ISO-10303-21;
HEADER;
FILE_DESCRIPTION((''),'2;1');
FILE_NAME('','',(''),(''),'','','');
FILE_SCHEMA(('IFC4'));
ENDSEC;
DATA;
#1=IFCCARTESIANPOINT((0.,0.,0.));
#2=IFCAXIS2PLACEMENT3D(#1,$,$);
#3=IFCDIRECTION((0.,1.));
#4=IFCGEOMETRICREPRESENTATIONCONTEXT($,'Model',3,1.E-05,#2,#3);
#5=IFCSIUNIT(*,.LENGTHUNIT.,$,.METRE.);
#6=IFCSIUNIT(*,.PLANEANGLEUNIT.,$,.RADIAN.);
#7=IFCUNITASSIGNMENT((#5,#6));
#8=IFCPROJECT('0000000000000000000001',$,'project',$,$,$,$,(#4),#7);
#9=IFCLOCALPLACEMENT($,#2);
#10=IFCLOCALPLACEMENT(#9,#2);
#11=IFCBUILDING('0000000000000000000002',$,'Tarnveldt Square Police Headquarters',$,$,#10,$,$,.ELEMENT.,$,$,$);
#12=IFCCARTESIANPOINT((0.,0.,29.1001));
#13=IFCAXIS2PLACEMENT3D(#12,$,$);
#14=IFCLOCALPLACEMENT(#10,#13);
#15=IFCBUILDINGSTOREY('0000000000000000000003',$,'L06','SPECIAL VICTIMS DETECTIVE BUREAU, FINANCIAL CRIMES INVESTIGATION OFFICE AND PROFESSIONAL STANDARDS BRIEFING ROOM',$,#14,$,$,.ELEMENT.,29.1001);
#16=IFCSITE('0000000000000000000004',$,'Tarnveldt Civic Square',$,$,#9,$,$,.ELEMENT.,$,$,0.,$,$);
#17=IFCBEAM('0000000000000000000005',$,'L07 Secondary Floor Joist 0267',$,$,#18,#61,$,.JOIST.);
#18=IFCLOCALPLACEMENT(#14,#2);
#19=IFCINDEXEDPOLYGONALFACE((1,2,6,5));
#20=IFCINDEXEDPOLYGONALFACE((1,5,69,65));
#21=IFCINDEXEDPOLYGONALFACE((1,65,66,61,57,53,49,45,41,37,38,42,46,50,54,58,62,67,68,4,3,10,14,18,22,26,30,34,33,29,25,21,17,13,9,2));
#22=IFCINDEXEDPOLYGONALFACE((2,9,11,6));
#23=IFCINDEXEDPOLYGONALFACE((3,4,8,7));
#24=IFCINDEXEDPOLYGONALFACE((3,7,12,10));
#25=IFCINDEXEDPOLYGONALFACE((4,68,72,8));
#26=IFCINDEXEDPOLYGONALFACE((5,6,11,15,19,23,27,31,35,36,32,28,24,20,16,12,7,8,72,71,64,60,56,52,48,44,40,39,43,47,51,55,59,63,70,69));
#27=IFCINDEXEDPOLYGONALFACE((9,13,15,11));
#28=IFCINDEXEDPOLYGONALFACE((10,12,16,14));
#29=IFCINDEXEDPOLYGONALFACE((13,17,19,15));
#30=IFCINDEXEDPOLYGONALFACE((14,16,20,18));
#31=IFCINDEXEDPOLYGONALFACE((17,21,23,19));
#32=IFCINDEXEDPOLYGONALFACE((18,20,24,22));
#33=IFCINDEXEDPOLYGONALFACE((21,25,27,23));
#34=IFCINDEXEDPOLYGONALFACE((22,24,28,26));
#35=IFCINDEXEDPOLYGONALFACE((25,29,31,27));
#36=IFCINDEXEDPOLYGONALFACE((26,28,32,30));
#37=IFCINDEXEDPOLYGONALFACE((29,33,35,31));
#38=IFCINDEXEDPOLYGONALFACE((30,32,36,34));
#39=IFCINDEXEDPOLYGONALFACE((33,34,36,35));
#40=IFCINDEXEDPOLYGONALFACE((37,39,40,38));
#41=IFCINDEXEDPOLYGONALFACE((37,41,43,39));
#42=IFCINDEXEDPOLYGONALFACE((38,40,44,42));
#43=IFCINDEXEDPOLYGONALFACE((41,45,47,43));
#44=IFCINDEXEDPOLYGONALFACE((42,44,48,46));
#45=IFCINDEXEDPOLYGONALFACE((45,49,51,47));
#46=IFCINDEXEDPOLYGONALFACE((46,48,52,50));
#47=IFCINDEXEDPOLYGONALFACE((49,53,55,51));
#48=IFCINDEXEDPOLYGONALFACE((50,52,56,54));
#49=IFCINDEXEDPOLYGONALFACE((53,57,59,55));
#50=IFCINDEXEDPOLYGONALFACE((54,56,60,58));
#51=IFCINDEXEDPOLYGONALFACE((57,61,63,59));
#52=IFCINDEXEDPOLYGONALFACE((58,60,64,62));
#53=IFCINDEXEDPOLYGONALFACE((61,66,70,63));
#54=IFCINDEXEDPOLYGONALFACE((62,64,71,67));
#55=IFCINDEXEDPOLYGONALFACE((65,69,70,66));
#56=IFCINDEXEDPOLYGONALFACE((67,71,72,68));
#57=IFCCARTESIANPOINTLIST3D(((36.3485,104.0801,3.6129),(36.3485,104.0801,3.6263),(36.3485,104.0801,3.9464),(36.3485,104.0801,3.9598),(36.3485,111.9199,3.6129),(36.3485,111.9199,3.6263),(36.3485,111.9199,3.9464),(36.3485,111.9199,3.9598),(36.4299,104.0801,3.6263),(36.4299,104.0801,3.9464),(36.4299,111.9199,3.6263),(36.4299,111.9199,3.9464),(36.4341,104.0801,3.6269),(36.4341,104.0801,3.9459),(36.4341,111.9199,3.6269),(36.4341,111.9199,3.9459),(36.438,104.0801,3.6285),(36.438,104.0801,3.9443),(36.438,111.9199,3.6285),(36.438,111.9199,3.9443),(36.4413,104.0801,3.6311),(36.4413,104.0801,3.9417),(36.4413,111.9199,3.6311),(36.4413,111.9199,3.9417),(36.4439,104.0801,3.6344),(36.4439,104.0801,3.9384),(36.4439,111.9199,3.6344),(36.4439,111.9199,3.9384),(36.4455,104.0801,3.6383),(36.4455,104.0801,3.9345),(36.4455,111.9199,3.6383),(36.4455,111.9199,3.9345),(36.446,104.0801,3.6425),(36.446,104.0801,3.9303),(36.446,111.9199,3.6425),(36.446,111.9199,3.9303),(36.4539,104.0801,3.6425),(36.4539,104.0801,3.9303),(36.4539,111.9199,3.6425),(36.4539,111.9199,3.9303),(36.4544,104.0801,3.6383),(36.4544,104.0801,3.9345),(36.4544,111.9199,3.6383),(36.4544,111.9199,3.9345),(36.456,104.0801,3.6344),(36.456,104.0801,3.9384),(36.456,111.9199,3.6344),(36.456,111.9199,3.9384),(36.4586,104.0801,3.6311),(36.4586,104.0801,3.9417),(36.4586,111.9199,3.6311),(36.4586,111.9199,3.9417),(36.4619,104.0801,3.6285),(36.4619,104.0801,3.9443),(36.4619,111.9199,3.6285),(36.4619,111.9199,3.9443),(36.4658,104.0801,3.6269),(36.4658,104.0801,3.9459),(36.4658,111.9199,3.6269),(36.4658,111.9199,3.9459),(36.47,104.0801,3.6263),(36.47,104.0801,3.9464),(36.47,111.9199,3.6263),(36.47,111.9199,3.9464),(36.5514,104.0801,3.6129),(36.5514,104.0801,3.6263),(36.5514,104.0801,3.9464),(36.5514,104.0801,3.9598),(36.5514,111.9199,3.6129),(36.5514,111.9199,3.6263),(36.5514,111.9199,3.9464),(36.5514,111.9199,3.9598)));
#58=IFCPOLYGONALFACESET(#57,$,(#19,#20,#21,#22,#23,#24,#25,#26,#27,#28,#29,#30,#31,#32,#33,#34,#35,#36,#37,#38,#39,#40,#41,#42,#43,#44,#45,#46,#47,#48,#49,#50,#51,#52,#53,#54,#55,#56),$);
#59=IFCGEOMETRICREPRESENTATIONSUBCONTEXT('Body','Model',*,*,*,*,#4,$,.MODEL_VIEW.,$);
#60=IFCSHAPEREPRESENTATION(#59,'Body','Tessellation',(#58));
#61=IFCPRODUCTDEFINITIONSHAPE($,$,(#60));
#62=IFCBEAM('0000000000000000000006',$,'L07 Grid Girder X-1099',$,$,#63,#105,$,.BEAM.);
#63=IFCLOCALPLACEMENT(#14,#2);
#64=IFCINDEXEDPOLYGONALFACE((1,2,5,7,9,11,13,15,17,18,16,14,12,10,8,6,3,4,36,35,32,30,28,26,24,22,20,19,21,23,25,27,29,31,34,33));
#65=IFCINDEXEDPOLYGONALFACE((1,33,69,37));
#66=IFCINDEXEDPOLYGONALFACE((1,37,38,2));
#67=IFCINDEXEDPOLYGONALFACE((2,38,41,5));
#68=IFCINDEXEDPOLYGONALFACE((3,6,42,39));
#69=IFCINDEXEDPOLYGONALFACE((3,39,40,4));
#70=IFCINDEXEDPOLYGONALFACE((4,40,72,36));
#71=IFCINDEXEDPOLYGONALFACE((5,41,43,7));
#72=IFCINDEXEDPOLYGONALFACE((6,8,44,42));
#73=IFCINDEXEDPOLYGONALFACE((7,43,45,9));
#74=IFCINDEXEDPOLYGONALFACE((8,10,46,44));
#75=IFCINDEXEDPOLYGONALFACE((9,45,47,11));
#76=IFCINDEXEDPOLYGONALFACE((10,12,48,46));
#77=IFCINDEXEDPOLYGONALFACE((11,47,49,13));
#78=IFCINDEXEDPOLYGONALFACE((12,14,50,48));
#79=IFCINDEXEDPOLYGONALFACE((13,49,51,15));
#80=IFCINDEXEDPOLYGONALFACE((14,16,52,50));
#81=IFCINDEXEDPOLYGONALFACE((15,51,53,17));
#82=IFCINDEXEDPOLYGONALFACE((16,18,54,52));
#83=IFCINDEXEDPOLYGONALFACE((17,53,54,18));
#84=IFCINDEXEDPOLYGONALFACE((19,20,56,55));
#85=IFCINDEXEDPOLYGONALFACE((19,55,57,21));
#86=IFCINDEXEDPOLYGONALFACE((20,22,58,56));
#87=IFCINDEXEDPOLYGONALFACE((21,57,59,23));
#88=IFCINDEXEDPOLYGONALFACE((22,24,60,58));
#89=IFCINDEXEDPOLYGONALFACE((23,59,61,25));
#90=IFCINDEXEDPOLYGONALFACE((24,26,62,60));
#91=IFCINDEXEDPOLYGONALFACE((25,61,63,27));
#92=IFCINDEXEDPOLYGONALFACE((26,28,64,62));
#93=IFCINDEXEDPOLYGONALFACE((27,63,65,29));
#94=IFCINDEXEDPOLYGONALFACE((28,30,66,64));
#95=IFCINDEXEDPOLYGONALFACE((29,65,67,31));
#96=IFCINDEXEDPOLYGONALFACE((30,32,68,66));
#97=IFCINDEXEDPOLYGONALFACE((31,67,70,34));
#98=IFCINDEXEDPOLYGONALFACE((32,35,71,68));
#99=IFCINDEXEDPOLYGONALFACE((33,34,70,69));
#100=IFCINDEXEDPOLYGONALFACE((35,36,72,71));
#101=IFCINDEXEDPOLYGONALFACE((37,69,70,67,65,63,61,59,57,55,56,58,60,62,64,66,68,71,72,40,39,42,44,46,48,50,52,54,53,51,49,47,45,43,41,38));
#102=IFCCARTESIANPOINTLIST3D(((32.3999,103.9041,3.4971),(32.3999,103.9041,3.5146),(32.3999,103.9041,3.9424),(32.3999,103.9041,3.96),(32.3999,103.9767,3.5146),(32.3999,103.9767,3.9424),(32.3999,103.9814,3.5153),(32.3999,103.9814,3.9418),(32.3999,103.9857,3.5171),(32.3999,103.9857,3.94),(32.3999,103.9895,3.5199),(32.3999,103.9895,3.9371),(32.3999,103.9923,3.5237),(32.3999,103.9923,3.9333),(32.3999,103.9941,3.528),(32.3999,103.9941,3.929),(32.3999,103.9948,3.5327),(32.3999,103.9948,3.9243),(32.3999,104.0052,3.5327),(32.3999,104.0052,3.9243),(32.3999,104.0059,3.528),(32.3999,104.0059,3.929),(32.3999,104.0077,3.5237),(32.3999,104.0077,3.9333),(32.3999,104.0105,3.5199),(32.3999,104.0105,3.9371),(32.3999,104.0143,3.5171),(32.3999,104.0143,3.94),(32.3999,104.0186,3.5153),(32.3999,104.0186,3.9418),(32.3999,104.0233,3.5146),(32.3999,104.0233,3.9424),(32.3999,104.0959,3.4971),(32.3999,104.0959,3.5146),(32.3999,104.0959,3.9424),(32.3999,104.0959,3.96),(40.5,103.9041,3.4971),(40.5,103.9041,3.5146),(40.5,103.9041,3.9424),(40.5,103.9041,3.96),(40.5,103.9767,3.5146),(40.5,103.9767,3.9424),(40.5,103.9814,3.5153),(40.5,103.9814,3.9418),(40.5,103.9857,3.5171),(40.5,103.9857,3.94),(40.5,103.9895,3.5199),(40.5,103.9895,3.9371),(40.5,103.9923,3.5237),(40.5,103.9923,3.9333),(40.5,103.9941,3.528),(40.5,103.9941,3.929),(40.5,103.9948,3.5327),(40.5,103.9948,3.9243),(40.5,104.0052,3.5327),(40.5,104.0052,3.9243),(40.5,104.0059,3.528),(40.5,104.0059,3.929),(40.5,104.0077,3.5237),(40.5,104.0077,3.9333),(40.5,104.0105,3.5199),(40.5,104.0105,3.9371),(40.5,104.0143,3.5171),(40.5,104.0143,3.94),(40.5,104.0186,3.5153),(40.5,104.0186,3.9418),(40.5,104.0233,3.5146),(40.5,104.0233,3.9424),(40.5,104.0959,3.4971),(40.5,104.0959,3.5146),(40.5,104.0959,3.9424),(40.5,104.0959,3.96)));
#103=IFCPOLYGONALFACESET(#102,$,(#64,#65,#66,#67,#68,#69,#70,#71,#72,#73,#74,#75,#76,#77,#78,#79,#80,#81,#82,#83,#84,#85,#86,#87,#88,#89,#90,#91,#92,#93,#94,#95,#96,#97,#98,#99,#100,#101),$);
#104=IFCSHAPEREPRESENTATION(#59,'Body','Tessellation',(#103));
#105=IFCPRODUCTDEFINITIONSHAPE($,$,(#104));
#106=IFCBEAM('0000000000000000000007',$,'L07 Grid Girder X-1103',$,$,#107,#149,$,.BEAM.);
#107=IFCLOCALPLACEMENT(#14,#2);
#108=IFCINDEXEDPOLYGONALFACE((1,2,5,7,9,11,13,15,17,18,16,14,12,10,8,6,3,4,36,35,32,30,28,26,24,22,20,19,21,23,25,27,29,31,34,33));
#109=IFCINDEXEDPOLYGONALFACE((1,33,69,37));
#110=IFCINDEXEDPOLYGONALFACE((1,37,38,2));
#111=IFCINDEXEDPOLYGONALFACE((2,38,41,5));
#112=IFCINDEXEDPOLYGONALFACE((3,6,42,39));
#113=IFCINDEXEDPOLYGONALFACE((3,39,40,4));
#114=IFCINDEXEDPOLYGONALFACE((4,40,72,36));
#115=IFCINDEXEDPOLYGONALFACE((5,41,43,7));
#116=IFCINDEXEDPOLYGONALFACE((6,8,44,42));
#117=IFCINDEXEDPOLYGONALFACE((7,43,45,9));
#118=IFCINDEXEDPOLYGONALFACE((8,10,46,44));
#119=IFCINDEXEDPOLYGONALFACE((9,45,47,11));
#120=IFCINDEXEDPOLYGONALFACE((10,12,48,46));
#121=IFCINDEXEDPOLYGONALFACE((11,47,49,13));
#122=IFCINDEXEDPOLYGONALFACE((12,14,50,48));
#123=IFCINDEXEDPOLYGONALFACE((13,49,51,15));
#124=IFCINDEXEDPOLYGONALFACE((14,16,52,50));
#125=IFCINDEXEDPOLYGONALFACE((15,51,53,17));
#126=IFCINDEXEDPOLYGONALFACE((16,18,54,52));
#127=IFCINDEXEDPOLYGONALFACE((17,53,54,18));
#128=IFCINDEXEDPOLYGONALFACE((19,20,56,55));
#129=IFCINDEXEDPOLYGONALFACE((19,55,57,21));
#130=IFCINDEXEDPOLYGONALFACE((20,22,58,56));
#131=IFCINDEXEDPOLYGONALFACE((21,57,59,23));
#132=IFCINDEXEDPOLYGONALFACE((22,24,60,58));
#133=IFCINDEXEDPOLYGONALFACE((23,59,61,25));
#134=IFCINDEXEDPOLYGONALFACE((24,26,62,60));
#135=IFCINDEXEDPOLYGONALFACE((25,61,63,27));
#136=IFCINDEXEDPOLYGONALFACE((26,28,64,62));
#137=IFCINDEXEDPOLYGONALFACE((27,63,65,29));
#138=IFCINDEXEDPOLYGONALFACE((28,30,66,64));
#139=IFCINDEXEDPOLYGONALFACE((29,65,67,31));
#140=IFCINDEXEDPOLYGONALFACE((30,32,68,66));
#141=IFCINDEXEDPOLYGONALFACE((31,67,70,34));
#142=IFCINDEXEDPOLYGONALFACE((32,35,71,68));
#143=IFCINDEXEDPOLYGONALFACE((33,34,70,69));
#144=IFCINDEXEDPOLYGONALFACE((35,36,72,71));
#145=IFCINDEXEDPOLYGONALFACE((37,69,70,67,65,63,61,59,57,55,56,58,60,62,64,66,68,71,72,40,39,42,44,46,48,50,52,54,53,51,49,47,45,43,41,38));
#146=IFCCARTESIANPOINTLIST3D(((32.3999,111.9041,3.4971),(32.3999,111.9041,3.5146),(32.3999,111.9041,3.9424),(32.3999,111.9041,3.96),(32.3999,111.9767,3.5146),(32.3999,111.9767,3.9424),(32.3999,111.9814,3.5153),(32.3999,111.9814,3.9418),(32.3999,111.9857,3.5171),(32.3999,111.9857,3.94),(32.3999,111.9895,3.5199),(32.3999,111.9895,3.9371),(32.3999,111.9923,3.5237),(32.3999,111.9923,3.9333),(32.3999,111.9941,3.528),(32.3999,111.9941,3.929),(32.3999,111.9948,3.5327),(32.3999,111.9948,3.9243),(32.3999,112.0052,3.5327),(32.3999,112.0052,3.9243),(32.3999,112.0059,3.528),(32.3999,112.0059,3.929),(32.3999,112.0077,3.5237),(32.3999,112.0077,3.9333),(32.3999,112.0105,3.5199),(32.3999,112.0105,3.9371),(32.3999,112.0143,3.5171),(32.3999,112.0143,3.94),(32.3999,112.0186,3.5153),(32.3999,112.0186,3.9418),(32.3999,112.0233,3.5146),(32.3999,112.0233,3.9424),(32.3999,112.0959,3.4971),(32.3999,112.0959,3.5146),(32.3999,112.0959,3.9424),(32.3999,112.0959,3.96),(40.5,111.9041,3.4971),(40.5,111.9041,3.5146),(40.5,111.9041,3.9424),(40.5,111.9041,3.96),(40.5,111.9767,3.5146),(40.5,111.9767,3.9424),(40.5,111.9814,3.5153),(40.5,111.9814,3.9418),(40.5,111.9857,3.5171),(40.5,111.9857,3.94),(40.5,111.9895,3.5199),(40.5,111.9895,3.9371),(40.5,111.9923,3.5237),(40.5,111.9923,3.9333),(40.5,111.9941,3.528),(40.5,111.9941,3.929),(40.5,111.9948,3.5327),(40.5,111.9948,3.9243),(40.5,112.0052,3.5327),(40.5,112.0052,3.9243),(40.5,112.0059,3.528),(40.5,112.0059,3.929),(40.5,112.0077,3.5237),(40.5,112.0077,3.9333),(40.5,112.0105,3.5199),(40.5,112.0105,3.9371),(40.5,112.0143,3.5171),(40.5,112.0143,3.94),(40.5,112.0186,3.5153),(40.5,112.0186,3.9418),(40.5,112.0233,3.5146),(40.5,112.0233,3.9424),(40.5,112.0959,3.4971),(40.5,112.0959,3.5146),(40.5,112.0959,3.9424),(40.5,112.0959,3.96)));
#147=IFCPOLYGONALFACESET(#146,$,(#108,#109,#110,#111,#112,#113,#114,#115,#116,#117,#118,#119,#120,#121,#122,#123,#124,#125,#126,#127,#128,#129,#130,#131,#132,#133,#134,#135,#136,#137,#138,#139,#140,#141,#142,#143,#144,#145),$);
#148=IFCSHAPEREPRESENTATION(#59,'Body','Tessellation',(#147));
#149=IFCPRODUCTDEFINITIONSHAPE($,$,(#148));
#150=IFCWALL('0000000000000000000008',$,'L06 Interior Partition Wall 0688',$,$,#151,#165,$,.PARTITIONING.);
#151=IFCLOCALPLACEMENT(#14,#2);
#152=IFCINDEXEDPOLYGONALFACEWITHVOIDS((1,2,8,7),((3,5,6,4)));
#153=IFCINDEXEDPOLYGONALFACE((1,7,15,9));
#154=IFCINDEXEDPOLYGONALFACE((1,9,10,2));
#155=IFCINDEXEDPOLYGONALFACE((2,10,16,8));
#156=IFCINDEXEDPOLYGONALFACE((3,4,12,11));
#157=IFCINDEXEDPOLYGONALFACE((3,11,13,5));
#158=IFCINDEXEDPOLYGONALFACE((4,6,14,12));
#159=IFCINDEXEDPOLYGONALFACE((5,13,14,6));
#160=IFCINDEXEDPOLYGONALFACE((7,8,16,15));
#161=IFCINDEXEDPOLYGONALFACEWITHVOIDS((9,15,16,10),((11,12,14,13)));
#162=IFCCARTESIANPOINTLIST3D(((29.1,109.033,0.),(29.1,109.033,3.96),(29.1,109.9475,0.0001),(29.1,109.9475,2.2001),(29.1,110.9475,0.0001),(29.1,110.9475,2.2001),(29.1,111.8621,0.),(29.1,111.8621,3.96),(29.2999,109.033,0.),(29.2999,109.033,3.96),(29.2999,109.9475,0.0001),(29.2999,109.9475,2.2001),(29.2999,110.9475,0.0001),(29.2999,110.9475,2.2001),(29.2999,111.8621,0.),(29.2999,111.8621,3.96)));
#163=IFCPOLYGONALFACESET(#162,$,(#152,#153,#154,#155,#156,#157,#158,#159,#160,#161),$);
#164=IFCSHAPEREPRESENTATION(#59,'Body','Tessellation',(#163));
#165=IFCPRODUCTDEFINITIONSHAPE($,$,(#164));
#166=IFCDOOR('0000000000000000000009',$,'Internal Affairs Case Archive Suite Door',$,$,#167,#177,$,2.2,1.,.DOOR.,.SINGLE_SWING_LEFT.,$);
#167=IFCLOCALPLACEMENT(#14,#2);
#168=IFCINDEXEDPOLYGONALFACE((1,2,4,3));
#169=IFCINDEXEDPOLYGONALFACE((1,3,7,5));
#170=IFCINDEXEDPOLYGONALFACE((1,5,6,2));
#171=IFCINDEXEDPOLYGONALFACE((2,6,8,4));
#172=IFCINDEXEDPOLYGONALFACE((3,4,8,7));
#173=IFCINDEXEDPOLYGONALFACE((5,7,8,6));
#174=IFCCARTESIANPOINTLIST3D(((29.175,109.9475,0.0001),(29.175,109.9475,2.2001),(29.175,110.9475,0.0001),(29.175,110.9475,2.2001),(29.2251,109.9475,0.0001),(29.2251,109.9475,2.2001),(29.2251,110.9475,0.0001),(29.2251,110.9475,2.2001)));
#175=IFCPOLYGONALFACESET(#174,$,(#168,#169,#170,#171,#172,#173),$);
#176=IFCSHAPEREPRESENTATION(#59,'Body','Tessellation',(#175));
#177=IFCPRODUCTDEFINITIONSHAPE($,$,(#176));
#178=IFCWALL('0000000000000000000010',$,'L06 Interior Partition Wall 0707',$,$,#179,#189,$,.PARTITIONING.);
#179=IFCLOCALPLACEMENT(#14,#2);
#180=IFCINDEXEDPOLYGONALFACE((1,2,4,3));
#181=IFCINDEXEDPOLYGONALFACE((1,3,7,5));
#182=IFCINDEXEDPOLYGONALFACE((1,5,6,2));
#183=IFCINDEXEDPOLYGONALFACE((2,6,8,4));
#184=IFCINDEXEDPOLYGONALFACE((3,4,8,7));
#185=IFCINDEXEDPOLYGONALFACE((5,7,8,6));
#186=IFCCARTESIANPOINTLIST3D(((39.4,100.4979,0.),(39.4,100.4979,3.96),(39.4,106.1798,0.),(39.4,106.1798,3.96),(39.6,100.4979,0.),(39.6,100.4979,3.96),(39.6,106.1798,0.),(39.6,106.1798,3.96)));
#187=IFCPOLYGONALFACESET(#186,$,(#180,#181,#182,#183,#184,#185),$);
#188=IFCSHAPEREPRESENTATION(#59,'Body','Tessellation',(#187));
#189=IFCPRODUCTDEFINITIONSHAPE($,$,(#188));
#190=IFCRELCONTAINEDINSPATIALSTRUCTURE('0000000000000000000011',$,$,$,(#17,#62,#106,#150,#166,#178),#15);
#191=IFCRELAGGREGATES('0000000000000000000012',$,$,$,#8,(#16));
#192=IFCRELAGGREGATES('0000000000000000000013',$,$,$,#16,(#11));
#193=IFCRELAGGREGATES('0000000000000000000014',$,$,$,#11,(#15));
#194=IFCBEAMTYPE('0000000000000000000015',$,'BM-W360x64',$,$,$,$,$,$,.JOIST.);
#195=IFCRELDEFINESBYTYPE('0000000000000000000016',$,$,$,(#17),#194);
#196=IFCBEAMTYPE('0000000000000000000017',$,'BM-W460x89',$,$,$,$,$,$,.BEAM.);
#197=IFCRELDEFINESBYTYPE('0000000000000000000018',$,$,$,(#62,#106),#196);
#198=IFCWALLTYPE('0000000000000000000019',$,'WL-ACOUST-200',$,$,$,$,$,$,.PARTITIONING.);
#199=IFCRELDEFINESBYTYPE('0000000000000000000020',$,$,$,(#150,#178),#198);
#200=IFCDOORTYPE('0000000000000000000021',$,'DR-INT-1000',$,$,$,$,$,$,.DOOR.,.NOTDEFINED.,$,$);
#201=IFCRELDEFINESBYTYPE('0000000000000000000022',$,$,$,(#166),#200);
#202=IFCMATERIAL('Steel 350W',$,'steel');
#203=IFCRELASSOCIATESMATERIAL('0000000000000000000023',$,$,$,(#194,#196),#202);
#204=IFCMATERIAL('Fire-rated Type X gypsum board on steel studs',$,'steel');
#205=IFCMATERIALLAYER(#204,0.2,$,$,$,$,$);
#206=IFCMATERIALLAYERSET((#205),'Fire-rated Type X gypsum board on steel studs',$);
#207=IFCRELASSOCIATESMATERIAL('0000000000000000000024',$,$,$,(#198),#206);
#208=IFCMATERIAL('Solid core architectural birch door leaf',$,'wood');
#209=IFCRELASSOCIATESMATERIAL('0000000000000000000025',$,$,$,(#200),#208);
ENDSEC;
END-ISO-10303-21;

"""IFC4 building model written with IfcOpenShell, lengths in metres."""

from ifc_helpers import new_model, si_unit, direction, frame, frame_2d, origin, origin_2d, place, context, subcontext, project, spatial, rectangle, i_section, extrude, material, layer, layer_set, material_profile, profile_set, type_object, element, fill, save


model = new_model("IFC4")

# Units and contexts
model_context = context("Model", 3, precision=1e-05, world=origin(), true_north=direction((0.0, 1.0)))
body_context = subcontext(model_context, "Body", "Model", "MODEL_VIEW")
ifc_project = project(units=[si_unit("LENGTHUNIT", "METRE"), si_unit("PLANEANGLEUNIT", "RADIAN")], contexts=[model_context])

# Site, building, storey
site_placement = place(None, origin())
site = spatial("IfcSite", under=ifc_project, at=site_placement, Name="Tarnveldt Civic Square", CompositionType="ELEMENT", RefElevation=0.0)
building_placement = place(site_placement, origin())
building = spatial("IfcBuilding", under=site, at=building_placement, Name="Tarnveldt Square Police Headquarters", CompositionType="ELEMENT")
storey_placement = place(building_placement, frame((0.0, 0.0, 29.1001)))
storey = spatial("IfcBuildingStorey", under=building, at=storey_placement, Name="L06", Description="SPECIAL VICTIMS DETECTIVE BUREAU, FINANCIAL CRIMES INVESTIGATION OFFICE AND PROFESSIONAL STANDARDS BRIEFING ROOM", CompositionType="ELEMENT", Elevation=29.1001)

# Shared definitions
ifc_material_1 = material(Name="Steel 350W", Category="steel")

# Beams
ifc_material_profile_1 = material_profile(ifc_material_1, i_section(OverallWidth=0.2029, OverallDepth=0.3469, WebThickness=0.0078, FlangeThickness=0.0134, FilletRadius=0.0161, at=origin_2d()), Name="W360x64")
ifc_profile_set_1 = profile_set([ifc_material_profile_1], Name="Steel 350W")
beam_type_1 = type_object("IfcBeamType", Name="BM-W360x64", PredefinedType="JOIST", material=ifc_profile_set_1)
beam_1_placement = place(storey_placement, frame((36.45, 104.0801, 3.7864), z_axis=(0.0, 1.0, 0.0), x_axis=(-1.0, 0.0, 0.0)))
element("IfcBeam", 1, at=beam_1_placement, inside=storey, type_object=beam_type_1, Name="L07 Secondary Floor Joist 0267", PredefinedType="JOIST", context=body_context, shape_type="SweptSolid", body=[
    extrude(i_section(OverallWidth=0.2029, OverallDepth=0.3469, WebThickness=0.0078, FlangeThickness=0.0134, FilletRadius=0.0161, at=origin_2d()), origin(), (0.0, 0.0, 1.0), 7.8398),
])
ifc_material_profile_2 = material_profile(ifc_material_1, i_section(OverallWidth=0.1919, OverallDepth=0.4629, WebThickness=0.0105, FlangeThickness=0.0176, FilletRadius=0.0181, at=origin_2d()), Name="W460x89")
ifc_profile_set_2 = profile_set([ifc_material_profile_2], Name="Steel 350W")
beam_type_2 = type_object("IfcBeamType", Name="BM-W460x89", PredefinedType="BEAM", material=ifc_profile_set_2)
for number, where, z_axis, x_axis, name in (
    (2, (32.3999, 104.0, 3.7285), (1.0, 0.0, 0.0), (0.0, 1.0, 0.0), "L07 Grid Girder X-1099"),
    (3, (32.3999, 112.0, 3.7285), (1.0, 0.0, 0.0), (0.0, 1.0, 0.0), "L07 Grid Girder X-1103"),
):
    element("IfcBeam", number, at=place(storey_placement, frame(where, z_axis=z_axis, x_axis=x_axis)), inside=storey, type_object=beam_type_2, Name=name, PredefinedType="BEAM", context=body_context, shape_type="SweptSolid", body=[
        extrude(i_section(OverallWidth=0.1919, OverallDepth=0.4629, WebThickness=0.0105, FlangeThickness=0.0176, FilletRadius=0.0181, at=origin_2d()), origin(), (0.0, 0.0, 1.0), 8.1001),
    ])

# Wall, opening, door
ifc_material_2 = material(Name="Fire-rated Type X gypsum board on steel studs", Category="steel")
ifc_layer_1 = layer(ifc_material_2, 0.2)
ifc_layer_set_1 = layer_set([ifc_layer_1], Name="Fire-rated Type X gypsum board on steel studs")
wall_type_1 = type_object("IfcWallType", Name="WL-ACOUST-200", PredefinedType="PARTITIONING", material=ifc_layer_set_1)
wall_1_placement = place(storey_placement, frame((29.2, 109.033, 0.0), z_axis=(0.0, 0.0, 1.0), x_axis=(0.0, 1.0, 0.0)))
wall_1 = element("IfcWall", 4, at=wall_1_placement, inside=storey, type_object=wall_type_1, Name="L06 Interior Partition Wall 0688", PredefinedType="PARTITIONING", context=body_context, shape_type="SweptSolid", body=[
    extrude(rectangle(XDim=2.8291, YDim=0.2, at=frame_2d((1.4146, 0.0))), origin(), (0.0, 0.0, 1.0), 3.96),
])
opening_1_placement = place(wall_1_placement, frame((0.9146, 0.0, 0.0)))
opening_1 = element("IfcOpeningElement", 5, at=opening_1_placement, cuts=wall_1, PredefinedType="OPENING", context=body_context, shape_type="SweptSolid", body=[
    extrude(rectangle(XDim=1.0, YDim=2.2, at=frame_2d((0.5, 1.1001))), frame((0.0, 0.1099, 0.0), z_axis=(0.0, -1.0, 0.0), x_axis=(1.0, 0.0, 0.0)), (0.0, 0.0, 1.0), 0.22),
])
ifc_material_3 = material(Name="Solid core architectural birch door leaf", Category="wood")
door_type_1 = type_object("IfcDoorType", Name="DR-INT-1000", OperationType="NOTDEFINED", PredefinedType="DOOR", material=ifc_material_3)
door_1_placement = place(opening_1_placement, origin())
door_1 = element("IfcDoor", 6, at=door_1_placement, inside=storey, type_object=door_type_1, Name="Internal Affairs Case Archive Suite Door", OperationType="SINGLE_SWING_LEFT", OverallHeight=2.2, OverallWidth=1.0, PredefinedType="DOOR", context=body_context, shape_type="SweptSolid", body=[
    extrude(rectangle(XDim=1.0, YDim=2.2, at=frame_2d((0.5, 1.1001))), frame((0.0, 0.0249, 0.0), z_axis=(0.0, -1.0, 0.0), x_axis=(1.0, 0.0, 0.0)), (0.0, 0.0, 1.0), 0.05),
])
fill(opening_1, door_1)

# Wall
wall_2_placement = place(storey_placement, frame((39.5, 100.498, 0.0), z_axis=(0.0, 0.0, 1.0), x_axis=(0.0, 1.0, 0.0)))
element("IfcWall", 7, at=wall_2_placement, inside=storey, type_object=wall_type_1, Name="L06 Interior Partition Wall 0707", PredefinedType="PARTITIONING", context=body_context, shape_type="SweptSolid", body=[
    extrude(rectangle(XDim=5.6819, YDim=0.2, at=frame_2d((2.8408, 0.0))), origin(), (0.0, 0.0, 1.0), 3.96),
])

save(model, "model.ifc")
